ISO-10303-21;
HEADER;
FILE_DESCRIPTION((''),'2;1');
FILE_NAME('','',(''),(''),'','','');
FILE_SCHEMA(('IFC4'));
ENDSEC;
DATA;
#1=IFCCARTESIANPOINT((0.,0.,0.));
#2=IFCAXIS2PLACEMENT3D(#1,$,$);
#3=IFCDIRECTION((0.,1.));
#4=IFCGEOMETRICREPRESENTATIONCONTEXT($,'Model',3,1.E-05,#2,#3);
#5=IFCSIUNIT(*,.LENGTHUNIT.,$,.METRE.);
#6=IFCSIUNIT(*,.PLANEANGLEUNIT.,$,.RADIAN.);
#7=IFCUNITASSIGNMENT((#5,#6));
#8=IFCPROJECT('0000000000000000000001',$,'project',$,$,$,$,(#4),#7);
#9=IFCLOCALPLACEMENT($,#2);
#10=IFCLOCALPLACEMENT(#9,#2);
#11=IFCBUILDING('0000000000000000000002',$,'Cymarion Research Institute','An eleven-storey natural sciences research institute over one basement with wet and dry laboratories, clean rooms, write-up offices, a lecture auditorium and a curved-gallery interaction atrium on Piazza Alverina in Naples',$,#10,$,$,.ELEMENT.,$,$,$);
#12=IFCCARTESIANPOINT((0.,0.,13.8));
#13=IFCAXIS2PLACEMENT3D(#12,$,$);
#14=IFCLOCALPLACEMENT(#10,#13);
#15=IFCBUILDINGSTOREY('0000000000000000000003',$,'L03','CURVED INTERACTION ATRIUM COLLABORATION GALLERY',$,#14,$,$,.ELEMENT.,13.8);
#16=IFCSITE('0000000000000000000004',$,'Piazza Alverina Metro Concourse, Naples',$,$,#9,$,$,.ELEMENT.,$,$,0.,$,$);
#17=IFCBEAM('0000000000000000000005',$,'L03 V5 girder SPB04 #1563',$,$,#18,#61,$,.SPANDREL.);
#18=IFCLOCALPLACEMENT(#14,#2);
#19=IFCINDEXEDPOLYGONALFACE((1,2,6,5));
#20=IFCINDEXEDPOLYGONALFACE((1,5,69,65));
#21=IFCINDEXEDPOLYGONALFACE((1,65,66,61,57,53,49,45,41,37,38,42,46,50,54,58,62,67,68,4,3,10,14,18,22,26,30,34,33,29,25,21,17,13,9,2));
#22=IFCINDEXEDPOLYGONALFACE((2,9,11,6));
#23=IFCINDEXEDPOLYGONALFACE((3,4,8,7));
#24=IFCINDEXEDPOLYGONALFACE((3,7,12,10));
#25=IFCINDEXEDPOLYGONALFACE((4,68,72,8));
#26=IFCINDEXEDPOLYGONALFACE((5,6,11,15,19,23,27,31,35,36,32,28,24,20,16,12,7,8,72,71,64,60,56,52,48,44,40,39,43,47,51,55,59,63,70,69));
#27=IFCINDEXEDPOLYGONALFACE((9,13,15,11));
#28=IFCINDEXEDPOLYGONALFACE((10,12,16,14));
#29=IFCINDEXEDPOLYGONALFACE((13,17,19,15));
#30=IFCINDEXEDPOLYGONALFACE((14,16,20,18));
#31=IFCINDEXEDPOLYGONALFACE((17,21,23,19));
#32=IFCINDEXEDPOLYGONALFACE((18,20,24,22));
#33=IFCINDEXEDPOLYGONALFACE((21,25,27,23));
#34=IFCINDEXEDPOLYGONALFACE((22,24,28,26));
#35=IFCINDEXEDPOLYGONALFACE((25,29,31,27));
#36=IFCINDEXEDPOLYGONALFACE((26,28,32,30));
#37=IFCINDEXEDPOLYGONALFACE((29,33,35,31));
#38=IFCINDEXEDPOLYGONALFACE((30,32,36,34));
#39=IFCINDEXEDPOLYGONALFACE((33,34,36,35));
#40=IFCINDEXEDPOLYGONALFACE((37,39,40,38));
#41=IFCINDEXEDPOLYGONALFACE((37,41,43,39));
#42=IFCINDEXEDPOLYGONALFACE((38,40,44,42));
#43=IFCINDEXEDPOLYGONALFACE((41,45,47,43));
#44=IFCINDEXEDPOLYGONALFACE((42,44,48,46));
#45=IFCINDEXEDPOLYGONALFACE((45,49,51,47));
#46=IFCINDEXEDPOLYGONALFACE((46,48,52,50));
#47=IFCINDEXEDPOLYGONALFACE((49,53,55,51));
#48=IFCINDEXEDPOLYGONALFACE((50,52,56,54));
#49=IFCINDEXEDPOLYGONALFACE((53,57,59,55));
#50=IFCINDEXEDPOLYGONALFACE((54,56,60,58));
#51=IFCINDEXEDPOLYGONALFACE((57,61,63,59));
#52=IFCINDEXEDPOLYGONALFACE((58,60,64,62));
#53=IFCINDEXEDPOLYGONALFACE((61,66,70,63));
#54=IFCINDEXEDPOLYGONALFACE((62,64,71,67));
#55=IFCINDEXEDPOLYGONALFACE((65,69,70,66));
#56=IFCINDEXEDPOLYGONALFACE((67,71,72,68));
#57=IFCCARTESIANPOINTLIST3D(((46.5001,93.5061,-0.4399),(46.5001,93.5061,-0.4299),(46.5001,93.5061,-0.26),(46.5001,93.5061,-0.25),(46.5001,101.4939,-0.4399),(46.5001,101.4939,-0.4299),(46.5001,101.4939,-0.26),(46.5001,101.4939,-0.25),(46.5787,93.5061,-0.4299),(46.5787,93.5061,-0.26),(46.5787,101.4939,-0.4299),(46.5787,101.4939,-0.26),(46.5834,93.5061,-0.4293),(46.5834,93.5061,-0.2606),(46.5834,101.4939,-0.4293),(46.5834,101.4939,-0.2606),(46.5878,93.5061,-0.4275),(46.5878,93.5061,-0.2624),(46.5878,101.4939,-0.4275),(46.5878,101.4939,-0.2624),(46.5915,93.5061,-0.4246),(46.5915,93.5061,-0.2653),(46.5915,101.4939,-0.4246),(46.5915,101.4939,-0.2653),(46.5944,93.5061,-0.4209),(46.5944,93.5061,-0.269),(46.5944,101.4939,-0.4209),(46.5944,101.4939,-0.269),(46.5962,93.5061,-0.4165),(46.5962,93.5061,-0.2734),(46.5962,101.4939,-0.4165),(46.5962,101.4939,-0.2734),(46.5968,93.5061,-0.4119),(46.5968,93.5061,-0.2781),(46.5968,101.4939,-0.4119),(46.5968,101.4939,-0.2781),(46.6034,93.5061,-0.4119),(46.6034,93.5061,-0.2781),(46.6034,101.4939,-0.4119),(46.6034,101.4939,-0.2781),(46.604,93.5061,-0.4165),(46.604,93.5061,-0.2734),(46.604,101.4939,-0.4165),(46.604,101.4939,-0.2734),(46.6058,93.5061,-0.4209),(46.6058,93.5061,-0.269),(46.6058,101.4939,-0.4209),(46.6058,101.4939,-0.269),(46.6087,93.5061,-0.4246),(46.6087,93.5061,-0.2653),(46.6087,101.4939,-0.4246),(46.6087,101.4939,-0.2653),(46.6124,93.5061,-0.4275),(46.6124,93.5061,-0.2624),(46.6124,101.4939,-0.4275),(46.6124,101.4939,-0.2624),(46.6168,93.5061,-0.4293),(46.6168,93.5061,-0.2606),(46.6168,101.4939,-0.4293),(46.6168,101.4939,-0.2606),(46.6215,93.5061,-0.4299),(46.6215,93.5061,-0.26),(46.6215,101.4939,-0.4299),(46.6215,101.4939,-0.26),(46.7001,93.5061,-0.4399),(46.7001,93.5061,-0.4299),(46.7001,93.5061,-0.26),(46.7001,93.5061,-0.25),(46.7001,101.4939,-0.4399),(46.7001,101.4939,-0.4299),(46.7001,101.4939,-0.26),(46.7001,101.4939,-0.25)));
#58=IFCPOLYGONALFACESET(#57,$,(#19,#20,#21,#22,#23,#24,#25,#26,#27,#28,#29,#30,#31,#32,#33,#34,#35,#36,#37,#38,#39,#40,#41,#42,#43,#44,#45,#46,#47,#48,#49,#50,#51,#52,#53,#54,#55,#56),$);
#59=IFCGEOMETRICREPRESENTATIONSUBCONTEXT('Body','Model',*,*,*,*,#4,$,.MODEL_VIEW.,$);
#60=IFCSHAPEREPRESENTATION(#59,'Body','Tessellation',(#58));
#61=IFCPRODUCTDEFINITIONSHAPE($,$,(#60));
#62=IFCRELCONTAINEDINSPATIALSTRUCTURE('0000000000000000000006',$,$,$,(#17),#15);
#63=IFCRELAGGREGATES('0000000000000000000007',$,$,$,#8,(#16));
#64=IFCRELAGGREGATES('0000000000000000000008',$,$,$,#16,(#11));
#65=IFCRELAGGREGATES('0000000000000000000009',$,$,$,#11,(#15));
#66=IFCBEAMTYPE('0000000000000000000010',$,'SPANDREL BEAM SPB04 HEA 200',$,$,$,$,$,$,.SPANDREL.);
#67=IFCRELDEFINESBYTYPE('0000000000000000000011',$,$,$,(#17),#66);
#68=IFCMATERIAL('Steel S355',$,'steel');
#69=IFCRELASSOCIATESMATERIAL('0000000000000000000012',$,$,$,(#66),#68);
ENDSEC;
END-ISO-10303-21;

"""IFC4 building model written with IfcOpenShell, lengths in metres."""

from ifc_helpers import new_model, si_unit, direction, frame, origin, origin_2d, place, context, subcontext, project, spatial, i_section, extrude, material, material_profile, profile_set, type_object, element, save


model = new_model("IFC4")

# Units and contexts
model_context = context("Model", 3, precision=1e-05, world=origin(), true_north=direction((0.0, 1.0)))
body_context = subcontext(model_context, "Body", "Model", "MODEL_VIEW")
ifc_project = project(units=[si_unit("LENGTHUNIT", "METRE"), si_unit("PLANEANGLEUNIT", "RADIAN")], contexts=[model_context])

# Site, building, storey
site_placement = place(None, origin())
site = spatial("IfcSite", under=ifc_project, at=site_placement, Name="Piazza Alverina Metro Concourse, Naples", CompositionType="ELEMENT", RefElevation=0.0)
building_placement = place(site_placement, origin())
building = spatial("IfcBuilding", under=site, at=building_placement, Name="Cymarion Research Institute", Description="An eleven-storey natural sciences research institute over one basement with wet and dry laboratories, clean rooms, write-up offices, a lecture auditorium and a curved-gallery interaction atrium on Piazza Alverina in Naples", CompositionType="ELEMENT")
storey_placement = place(building_placement, frame((0.0, 0.0, 13.8)))
storey = spatial("IfcBuildingStorey", under=building, at=storey_placement, Name="L03", Description="CURVED INTERACTION ATRIUM COLLABORATION GALLERY", CompositionType="ELEMENT", Elevation=13.8)

# Shared definitions
ifc_material_1 = material(Name="Steel S355", Category="steel")

# Beam
ifc_material_profile_1 = material_profile(ifc_material_1, i_section(OverallWidth=0.2, OverallDepth=0.1899, WebThickness=0.0066, FlangeThickness=0.01, FilletRadius=0.0181, at=origin_2d()), Name="HEA 200")
ifc_profile_set_1 = profile_set([ifc_material_profile_1], Name="Steel S355")
beam_type_1 = type_object("IfcBeamType", Name="SPANDREL BEAM SPB04 HEA 200", PredefinedType="SPANDREL", material=ifc_profile_set_1)
beam_1_placement = place(storey_placement, frame((46.6001, 93.5061, -0.345), z_axis=(0.0, 1.0, 0.0), x_axis=(-1.0, 0.0, 0.0)))
element("IfcBeam", 1, at=beam_1_placement, inside=storey, type_object=beam_type_1, Name="L03 V5 girder SPB04 #1563", PredefinedType="SPANDREL", context=body_context, shape_type="SweptSolid", body=[
    extrude(i_section(OverallWidth=0.2, OverallDepth=0.1899, WebThickness=0.0066, FlangeThickness=0.01, FilletRadius=0.0181, at=origin_2d()), origin(), (0.0, 0.0, 1.0), 7.9878),
])

save(model, "model.ifc")
